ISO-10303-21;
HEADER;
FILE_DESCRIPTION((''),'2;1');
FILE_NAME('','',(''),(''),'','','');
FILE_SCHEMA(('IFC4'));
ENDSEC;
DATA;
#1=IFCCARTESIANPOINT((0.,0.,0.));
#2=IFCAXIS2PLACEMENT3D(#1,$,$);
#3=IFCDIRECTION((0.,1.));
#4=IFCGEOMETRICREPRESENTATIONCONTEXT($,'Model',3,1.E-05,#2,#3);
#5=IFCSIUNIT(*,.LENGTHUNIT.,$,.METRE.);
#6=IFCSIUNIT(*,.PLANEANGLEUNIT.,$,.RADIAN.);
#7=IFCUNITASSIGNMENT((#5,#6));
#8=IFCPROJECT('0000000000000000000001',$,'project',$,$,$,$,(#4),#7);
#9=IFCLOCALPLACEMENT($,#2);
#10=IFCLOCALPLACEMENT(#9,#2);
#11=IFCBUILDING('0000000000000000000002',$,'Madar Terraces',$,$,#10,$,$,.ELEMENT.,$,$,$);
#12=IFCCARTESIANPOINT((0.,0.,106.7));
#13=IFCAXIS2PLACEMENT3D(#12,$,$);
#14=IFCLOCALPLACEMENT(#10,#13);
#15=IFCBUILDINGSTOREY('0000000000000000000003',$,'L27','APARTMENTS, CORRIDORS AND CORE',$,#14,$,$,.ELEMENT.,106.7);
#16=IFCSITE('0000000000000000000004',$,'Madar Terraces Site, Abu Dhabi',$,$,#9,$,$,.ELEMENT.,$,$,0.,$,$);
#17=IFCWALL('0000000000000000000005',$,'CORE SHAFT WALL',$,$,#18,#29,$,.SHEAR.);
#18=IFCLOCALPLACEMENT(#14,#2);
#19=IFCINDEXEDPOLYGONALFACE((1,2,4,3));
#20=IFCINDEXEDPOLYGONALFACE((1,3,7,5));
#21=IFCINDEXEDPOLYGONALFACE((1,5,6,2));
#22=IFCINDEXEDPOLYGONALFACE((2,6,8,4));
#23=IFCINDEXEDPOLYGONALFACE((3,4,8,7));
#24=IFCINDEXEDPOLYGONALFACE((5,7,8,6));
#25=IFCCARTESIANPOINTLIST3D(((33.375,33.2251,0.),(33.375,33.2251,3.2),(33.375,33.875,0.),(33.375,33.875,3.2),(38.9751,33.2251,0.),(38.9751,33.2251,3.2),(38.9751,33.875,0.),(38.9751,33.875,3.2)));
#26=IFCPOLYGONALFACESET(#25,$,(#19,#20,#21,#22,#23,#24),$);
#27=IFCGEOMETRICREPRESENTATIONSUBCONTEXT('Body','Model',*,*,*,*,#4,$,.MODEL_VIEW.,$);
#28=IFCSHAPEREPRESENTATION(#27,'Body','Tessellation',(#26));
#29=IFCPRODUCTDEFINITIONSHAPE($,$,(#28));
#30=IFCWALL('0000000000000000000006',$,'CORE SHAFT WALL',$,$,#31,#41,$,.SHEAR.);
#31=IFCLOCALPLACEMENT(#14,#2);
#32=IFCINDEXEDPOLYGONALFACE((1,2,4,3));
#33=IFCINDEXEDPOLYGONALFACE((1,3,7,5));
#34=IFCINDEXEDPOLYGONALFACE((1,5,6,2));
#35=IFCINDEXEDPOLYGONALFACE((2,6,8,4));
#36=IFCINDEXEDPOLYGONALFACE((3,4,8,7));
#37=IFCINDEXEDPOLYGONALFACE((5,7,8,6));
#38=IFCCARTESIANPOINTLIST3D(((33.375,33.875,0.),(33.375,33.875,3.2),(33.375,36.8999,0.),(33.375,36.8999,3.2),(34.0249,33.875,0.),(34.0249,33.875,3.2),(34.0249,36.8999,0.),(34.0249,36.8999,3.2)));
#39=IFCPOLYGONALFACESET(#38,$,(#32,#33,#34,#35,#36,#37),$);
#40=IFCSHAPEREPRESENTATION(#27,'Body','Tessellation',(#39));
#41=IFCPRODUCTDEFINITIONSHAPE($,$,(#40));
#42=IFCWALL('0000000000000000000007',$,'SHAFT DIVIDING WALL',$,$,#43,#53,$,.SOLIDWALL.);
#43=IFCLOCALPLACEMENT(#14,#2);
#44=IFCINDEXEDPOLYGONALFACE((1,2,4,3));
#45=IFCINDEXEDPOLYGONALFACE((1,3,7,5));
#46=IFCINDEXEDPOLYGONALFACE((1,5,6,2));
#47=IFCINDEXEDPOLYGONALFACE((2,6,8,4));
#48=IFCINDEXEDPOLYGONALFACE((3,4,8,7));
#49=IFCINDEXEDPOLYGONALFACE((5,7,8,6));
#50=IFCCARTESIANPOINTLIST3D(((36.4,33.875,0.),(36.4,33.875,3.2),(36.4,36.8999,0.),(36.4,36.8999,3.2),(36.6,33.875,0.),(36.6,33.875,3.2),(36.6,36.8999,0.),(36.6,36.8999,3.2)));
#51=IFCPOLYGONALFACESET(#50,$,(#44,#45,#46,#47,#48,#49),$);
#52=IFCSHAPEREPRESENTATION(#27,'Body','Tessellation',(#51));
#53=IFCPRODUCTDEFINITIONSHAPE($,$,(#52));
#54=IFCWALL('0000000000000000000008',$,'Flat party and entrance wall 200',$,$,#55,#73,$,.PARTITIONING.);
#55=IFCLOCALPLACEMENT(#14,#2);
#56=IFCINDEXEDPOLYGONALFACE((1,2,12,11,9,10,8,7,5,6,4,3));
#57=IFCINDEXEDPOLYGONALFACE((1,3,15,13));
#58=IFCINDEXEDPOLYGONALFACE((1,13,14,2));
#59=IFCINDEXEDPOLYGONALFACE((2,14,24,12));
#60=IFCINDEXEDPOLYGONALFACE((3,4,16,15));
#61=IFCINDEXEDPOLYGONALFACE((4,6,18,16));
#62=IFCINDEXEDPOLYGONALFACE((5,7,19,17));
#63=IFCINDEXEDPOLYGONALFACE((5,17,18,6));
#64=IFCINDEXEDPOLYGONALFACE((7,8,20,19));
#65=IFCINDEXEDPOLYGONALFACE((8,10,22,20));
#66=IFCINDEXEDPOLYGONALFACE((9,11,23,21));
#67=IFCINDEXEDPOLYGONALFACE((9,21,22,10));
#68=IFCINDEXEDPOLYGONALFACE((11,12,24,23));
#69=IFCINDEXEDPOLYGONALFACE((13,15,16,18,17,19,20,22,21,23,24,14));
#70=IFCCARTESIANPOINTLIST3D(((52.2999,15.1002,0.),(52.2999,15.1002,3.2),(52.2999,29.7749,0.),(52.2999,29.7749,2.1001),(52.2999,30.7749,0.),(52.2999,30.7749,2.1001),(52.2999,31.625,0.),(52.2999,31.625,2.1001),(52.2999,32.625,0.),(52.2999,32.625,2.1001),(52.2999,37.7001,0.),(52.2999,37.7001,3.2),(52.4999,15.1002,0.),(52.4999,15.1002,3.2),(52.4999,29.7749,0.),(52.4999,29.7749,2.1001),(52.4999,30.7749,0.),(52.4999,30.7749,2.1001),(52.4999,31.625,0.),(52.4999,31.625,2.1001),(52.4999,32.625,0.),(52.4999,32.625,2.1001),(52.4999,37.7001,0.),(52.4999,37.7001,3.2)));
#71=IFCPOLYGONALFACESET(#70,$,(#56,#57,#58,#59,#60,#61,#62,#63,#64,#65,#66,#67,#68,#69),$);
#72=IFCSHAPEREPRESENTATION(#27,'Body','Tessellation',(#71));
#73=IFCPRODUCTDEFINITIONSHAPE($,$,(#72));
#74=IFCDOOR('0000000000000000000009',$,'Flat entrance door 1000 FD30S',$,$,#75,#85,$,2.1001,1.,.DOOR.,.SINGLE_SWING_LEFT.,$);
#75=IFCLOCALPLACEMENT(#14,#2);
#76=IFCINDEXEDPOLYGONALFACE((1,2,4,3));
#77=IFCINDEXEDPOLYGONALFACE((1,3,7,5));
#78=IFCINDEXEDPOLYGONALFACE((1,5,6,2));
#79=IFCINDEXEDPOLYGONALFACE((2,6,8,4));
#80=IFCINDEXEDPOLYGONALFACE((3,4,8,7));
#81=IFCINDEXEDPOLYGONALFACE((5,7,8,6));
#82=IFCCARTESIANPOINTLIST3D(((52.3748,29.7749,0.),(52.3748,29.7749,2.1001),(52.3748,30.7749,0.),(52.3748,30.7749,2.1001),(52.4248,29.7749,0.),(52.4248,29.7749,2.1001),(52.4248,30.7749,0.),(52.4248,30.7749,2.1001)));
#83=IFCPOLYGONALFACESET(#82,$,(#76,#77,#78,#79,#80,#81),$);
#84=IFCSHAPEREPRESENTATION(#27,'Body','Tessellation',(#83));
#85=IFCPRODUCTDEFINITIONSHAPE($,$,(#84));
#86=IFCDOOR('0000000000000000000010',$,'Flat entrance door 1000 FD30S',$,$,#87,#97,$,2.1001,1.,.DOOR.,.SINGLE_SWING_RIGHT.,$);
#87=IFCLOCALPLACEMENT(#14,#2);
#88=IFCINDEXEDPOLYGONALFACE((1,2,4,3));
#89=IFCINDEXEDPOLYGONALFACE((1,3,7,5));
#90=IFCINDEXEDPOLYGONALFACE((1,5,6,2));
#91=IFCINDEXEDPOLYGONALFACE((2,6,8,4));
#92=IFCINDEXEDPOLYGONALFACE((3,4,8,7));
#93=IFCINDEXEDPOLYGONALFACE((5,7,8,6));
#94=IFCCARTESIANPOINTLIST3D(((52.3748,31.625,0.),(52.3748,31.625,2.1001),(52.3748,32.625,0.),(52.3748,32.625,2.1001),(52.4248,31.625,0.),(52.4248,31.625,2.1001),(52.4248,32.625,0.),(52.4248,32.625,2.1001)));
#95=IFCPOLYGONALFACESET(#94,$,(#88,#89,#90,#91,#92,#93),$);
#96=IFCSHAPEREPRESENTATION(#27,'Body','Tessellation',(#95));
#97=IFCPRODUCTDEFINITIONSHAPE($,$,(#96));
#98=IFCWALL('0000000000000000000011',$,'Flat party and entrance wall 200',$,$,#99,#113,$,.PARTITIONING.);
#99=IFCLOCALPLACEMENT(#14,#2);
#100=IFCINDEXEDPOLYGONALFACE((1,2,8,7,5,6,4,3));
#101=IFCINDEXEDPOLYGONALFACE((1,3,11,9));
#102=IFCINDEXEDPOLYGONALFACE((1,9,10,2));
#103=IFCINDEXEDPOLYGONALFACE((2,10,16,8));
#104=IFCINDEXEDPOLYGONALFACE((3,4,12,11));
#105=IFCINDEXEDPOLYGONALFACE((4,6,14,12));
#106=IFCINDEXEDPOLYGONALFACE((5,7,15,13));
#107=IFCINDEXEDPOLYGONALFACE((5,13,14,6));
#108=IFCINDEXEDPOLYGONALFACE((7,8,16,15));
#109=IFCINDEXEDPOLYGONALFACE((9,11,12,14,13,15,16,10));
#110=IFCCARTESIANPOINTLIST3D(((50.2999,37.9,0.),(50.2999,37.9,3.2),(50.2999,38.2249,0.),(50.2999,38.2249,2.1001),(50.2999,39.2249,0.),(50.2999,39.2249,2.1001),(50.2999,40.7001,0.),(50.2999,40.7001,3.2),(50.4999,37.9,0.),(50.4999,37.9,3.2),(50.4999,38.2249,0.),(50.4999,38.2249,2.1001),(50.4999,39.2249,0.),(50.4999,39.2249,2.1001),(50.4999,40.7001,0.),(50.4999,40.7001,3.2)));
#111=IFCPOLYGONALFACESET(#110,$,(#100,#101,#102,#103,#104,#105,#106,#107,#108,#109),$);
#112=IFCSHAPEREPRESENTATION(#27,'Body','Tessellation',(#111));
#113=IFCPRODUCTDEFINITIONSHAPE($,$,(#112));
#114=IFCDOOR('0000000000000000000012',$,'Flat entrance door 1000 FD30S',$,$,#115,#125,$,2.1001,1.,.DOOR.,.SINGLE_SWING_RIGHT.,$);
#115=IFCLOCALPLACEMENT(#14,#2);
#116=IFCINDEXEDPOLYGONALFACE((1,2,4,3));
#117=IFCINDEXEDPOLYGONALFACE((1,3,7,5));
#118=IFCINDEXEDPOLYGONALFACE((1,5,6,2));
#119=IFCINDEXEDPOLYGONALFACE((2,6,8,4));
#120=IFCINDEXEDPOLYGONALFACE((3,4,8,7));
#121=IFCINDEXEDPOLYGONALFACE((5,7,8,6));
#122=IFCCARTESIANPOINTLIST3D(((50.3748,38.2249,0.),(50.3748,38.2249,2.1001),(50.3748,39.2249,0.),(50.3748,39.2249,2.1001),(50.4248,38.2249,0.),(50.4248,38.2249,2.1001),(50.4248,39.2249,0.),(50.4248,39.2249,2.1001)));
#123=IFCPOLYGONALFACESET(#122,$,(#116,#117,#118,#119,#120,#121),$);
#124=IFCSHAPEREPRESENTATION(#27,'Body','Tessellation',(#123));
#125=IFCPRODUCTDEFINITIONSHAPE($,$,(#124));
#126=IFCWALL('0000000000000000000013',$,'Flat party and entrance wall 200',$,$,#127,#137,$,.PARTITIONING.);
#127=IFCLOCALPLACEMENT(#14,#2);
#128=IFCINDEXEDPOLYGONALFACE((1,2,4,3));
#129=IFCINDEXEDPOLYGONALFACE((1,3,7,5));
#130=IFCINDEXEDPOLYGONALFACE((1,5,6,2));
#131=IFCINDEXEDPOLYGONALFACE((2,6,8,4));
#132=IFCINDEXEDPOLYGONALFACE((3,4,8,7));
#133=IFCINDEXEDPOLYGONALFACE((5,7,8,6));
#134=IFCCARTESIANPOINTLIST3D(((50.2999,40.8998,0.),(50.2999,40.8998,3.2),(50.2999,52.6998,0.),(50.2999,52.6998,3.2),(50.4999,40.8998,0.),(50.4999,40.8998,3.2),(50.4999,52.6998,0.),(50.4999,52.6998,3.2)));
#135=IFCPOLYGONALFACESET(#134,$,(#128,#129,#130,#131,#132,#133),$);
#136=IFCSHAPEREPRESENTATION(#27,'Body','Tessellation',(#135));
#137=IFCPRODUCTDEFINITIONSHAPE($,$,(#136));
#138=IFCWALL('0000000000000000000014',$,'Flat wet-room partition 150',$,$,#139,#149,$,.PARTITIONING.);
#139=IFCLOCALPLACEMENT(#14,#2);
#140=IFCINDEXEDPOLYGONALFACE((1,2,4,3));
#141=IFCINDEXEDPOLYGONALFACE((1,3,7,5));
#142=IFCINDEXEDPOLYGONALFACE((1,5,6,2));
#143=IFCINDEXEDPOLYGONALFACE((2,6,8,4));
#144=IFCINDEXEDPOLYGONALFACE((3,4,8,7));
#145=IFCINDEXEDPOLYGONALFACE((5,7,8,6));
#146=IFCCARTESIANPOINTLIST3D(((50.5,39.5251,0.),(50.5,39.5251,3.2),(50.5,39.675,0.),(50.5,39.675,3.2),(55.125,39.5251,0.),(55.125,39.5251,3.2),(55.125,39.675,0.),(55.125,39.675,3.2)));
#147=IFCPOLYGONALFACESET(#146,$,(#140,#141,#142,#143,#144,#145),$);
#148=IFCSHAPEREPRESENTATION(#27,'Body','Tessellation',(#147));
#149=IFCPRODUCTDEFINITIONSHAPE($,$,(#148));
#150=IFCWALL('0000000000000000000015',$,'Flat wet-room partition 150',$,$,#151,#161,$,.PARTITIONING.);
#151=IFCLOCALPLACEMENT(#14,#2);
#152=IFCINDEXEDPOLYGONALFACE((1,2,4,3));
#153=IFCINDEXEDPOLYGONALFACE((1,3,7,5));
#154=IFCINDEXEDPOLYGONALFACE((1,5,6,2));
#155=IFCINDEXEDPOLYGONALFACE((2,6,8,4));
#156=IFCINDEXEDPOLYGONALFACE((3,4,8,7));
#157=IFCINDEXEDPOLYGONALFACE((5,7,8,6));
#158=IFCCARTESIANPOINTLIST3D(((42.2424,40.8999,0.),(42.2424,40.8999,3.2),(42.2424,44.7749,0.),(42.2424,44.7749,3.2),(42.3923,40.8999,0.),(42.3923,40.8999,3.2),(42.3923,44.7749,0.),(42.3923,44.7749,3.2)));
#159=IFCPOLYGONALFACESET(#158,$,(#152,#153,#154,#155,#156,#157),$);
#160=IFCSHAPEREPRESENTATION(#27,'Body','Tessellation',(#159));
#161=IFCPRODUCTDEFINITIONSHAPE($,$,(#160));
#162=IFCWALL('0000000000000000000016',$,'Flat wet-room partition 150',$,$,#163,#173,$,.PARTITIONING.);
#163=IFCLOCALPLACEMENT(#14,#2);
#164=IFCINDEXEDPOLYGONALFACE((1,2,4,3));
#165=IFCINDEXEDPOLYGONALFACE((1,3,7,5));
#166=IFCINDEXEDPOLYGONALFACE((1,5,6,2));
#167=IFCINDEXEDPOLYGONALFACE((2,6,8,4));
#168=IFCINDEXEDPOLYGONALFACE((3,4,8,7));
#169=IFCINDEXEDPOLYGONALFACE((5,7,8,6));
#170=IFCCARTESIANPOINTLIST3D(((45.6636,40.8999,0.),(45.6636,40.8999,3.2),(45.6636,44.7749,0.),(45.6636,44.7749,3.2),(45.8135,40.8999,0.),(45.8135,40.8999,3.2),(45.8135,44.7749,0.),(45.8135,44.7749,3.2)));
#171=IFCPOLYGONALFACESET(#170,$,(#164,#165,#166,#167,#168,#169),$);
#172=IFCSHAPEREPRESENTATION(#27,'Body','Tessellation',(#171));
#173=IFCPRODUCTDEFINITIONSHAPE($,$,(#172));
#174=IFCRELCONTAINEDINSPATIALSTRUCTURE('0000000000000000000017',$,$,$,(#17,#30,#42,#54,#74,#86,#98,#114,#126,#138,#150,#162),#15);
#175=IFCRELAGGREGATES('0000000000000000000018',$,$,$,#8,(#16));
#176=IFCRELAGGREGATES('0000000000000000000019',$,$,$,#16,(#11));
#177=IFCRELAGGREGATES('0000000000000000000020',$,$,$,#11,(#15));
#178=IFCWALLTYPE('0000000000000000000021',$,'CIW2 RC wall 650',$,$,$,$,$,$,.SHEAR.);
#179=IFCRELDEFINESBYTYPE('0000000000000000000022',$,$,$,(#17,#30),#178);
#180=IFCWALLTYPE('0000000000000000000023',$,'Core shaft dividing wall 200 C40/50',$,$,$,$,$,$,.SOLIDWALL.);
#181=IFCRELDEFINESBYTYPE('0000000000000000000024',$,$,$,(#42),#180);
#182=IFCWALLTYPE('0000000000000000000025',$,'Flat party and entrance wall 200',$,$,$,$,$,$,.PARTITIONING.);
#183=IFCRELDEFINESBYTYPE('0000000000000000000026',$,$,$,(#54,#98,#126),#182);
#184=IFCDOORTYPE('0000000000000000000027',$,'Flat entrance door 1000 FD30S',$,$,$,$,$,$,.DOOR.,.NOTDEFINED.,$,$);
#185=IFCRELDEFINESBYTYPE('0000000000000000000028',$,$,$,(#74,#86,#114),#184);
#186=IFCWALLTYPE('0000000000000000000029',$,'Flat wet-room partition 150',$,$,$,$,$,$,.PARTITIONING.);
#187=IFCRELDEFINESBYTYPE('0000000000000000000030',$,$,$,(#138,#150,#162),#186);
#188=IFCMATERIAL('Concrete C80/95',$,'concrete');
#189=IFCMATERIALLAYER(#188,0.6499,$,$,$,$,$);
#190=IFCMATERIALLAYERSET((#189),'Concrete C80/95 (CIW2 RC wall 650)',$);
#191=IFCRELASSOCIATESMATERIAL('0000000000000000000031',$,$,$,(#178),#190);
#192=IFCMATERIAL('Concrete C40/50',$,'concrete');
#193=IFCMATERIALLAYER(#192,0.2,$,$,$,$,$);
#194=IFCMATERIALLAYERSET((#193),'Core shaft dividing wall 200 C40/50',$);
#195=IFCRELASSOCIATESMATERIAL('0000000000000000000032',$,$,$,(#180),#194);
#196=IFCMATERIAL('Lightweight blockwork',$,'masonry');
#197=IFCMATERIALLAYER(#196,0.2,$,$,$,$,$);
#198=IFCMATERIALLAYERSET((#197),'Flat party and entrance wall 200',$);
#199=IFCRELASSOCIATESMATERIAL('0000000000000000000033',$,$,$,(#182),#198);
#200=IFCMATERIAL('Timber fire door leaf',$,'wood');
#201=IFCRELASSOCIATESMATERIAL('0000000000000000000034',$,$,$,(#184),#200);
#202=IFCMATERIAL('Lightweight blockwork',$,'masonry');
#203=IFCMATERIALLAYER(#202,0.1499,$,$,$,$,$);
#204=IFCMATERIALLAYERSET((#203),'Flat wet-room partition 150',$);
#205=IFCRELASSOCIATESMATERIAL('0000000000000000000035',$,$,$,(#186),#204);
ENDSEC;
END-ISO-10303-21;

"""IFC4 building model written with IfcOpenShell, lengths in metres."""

from ifc_helpers import new_model, si_unit, direction, frame, frame_2d, origin, place, context, subcontext, project, spatial, rectangle, extrude, material, layer, layer_set, type_object, element, fill, save


model = new_model("IFC4")

# Units and contexts
model_context = context("Model", 3, precision=1e-05, world=origin(), true_north=direction((0.0, 1.0)))
body_context = subcontext(model_context, "Body", "Model", "MODEL_VIEW")
ifc_project = project(units=[si_unit("LENGTHUNIT", "METRE"), si_unit("PLANEANGLEUNIT", "RADIAN")], contexts=[model_context])

# Site, building, storey
site_placement = place(None, origin())
site = spatial("IfcSite", under=ifc_project, at=site_placement, Name="Madar Terraces Site, Abu Dhabi", CompositionType="ELEMENT", RefElevation=0.0)
building_placement = place(site_placement, origin())
building = spatial("IfcBuilding", under=site, at=building_placement, Name="Madar Terraces", CompositionType="ELEMENT")
storey_placement = place(building_placement, frame((0.0, 0.0, 106.7)))
storey = spatial("IfcBuildingStorey", under=building, at=storey_placement, Name="L27", Description="APARTMENTS, CORRIDORS AND CORE", CompositionType="ELEMENT", Elevation=106.7)

# Walls
ifc_material_1 = material(Name="Concrete C80/95", Category="concrete")
ifc_layer_1 = layer(ifc_material_1, 0.6499)
ifc_layer_set_1 = layer_set([ifc_layer_1], Name="Concrete C80/95 (CIW2 RC wall 650)")
wall_type_1 = type_object("IfcWallType", Name="CIW2 RC wall 650", PredefinedType="SHEAR", material=ifc_layer_set_1)
wall_1_placement = place(storey_placement, frame((33.375, 33.55, 0.0), z_axis=(0.0, 0.0, 1.0), x_axis=(1.0, 0.0, 0.0)))
element("IfcWall", 1, at=wall_1_placement, inside=storey, type_object=wall_type_1, Name="CORE SHAFT WALL", PredefinedType="SHEAR", context=body_context, shape_type="SweptSolid", body=[
    extrude(rectangle(XDim=5.6001, YDim=0.6499, at=frame_2d((2.8, 0.0))), origin(), (0.0, 0.0, 1.0), 3.2),
])
wall_2_placement = place(storey_placement, frame((33.7, 33.875, 0.0), z_axis=(0.0, 0.0, 1.0), x_axis=(0.0, 1.0, 0.0)))
element("IfcWall", 2, at=wall_2_placement, inside=storey, type_object=wall_type_1, Name="CORE SHAFT WALL", PredefinedType="SHEAR", context=body_context, shape_type="SweptSolid", body=[
    extrude(rectangle(XDim=3.0249, YDim=0.6499, at=frame_2d((1.5125, 0.0))), origin(), (0.0, 0.0, 1.0), 3.2),
])
ifc_material_2 = material(Name="Concrete C40/50", Category="concrete")
ifc_layer_2 = layer(ifc_material_2, 0.2)
ifc_layer_set_2 = layer_set([ifc_layer_2], Name="Core shaft dividing wall 200 C40/50")
wall_type_2 = type_object("IfcWallType", Name="Core shaft dividing wall 200 C40/50", PredefinedType="SOLIDWALL", material=ifc_layer_set_2)
wall_3_placement = place(storey_placement, frame((36.5, 33.875, 0.0), z_axis=(0.0, 0.0, 1.0), x_axis=(0.0, 1.0, 0.0)))
element("IfcWall", 3, at=wall_3_placement, inside=storey, type_object=wall_type_2, Name="SHAFT DIVIDING WALL", PredefinedType="SOLIDWALL", context=body_context, shape_type="SweptSolid", body=[
    extrude(rectangle(XDim=3.0249, YDim=0.2, at=frame_2d((1.5125, 0.0))), origin(), (0.0, 0.0, 1.0), 3.2),
])

# Wall, openings, doors
ifc_material_3 = material(Name="Lightweight blockwork", Category="masonry")
ifc_layer_3 = layer(ifc_material_3, 0.2)
ifc_layer_set_3 = layer_set([ifc_layer_3], Name="Flat party and entrance wall 200")
wall_type_3 = type_object("IfcWallType", Name="Flat party and entrance wall 200", PredefinedType="PARTITIONING", material=ifc_layer_set_3)
wall_4_placement = place(storey_placement, frame((52.3999, 37.7, 0.0), z_axis=(0.0, 0.0, 1.0), x_axis=(0.0, -1.0, 0.0)))
wall_4 = element("IfcWall", 4, at=wall_4_placement, inside=storey, type_object=wall_type_3, Name="Flat party and entrance wall 200", PredefinedType="PARTITIONING", context=body_context, shape_type="SweptSolid", body=[
    extrude(rectangle(XDim=22.5999, YDim=0.2, at=frame_2d((11.2998, 0.0))), origin(), (0.0, 0.0, 1.0), 3.2),
])
opening_1_placement = place(wall_4_placement, frame((6.925, 0.0, 0.0)))
opening_1 = element("IfcOpeningElement", 5, at=opening_1_placement, cuts=wall_4, PredefinedType="OPENING", context=body_context, shape_type="SweptSolid", body=[
    extrude(rectangle(XDim=1.0, YDim=2.1001, at=frame_2d((0.5, 1.05))), frame((0.0, 0.1099, 0.0), z_axis=(0.0, -1.0, 0.0), x_axis=(1.0, 0.0, 0.0)), (0.0, 0.0, 1.0), 0.22),
])
opening_2_placement = place(wall_4_placement, frame((5.075, 0.0, 0.0)))
opening_2 = element("IfcOpeningElement", 6, at=opening_2_placement, cuts=wall_4, PredefinedType="OPENING", context=body_context, shape_type="SweptSolid", body=[
    extrude(rectangle(XDim=1.0, YDim=2.1001, at=frame_2d((0.5, 1.05))), frame((0.0, 0.1099, 0.0), z_axis=(0.0, -1.0, 0.0), x_axis=(1.0, 0.0, 0.0)), (0.0, 0.0, 1.0), 0.22),
])
ifc_material_4 = material(Name="Timber fire door leaf", Category="wood")
door_type_1 = type_object("IfcDoorType", Name="Flat entrance door 1000 FD30S", OperationType="NOTDEFINED", PredefinedType="DOOR", material=ifc_material_4)
door_1_placement = place(opening_1_placement, origin())
door_1 = element("IfcDoor", 7, at=door_1_placement, inside=storey, type_object=door_type_1, Name="Flat entrance door 1000 FD30S", OperationType="SINGLE_SWING_LEFT", OverallHeight=2.1001, OverallWidth=1.0, PredefinedType="DOOR", context=body_context, shape_type="SweptSolid", body=[
    extrude(rectangle(XDim=1.0, YDim=2.1001, at=frame_2d((0.5, 1.05))), frame((0.0, 0.0249, 0.0), z_axis=(0.0, -1.0, 0.0), x_axis=(1.0, 0.0, 0.0)), (0.0, 0.0, 1.0), 0.05),
])
fill(opening_1, door_1)
door_2_placement = place(opening_2_placement, origin())
door_2 = element("IfcDoor", 8, at=door_2_placement, inside=storey, type_object=door_type_1, Name="Flat entrance door 1000 FD30S", OperationType="SINGLE_SWING_RIGHT", OverallHeight=2.1001, OverallWidth=1.0, PredefinedType="DOOR", context=body_context, shape_type="SweptSolid", body=[
    extrude(rectangle(XDim=1.0, YDim=2.1001, at=frame_2d((0.5, 1.05))), frame((0.0, 0.0249, 0.0), z_axis=(0.0, -1.0, 0.0), x_axis=(1.0, 0.0, 0.0)), (0.0, 0.0, 1.0), 0.05),
])
fill(opening_2, door_2)

# Wall, opening, door
wall_5_placement = place(storey_placement, frame((50.3999, 40.7, 0.0), z_axis=(0.0, 0.0, 1.0), x_axis=(0.0, -1.0, 0.0)))
wall_5 = element("IfcWall", 9, at=wall_5_placement, inside=storey, type_object=wall_type_3, Name="Flat party and entrance wall 200", PredefinedType="PARTITIONING", context=body_context, shape_type="SweptSolid", body=[
    extrude(rectangle(XDim=2.8, YDim=0.2, at=frame_2d((1.3999, 0.0))), origin(), (0.0, 0.0, 1.0), 3.2),
])
opening_3_placement = place(wall_5_placement, frame((1.4751, 0.0, 0.0)))
opening_3 = element("IfcOpeningElement", 10, at=opening_3_placement, cuts=wall_5, PredefinedType="OPENING", context=body_context, shape_type="SweptSolid", body=[
    extrude(rectangle(XDim=1.0, YDim=2.1001, at=frame_2d((0.5, 1.05))), frame((0.0, 0.1099, 0.0), z_axis=(0.0, -1.0, 0.0), x_axis=(1.0, 0.0, 0.0)), (0.0, 0.0, 1.0), 0.22),
])
door_3_placement = place(opening_3_placement, origin())
door_3 = element("IfcDoor", 11, at=door_3_placement, inside=storey, type_object=door_type_1, Name="Flat entrance door 1000 FD30S", OperationType="SINGLE_SWING_RIGHT", OverallHeight=2.1001, OverallWidth=1.0, PredefinedType="DOOR", context=body_context, shape_type="SweptSolid", body=[
    extrude(rectangle(XDim=1.0, YDim=2.1001, at=frame_2d((0.5, 1.05))), frame((0.0, 0.0249, 0.0), z_axis=(0.0, -1.0, 0.0), x_axis=(1.0, 0.0, 0.0)), (0.0, 0.0, 1.0), 0.05),
])
fill(opening_3, door_3)

# Walls
wall_6_placement = place(storey_placement, frame((50.3999, 40.8999, 0.0), z_axis=(0.0, 0.0, 1.0), x_axis=(0.0, 1.0, 0.0)))
element("IfcWall", 12, at=wall_6_placement, inside=storey, type_object=wall_type_3, Name="Flat party and entrance wall 200", PredefinedType="PARTITIONING", context=body_context, shape_type="SweptSolid", body=[
    extrude(rectangle(XDim=11.8, YDim=0.2, at=frame_2d((5.8999, 0.0))), origin(), (0.0, 0.0, 1.0), 3.2),
])
ifc_material_5 = material(Name="Lightweight blockwork", Category="masonry")
ifc_layer_4 = layer(ifc_material_5, 0.1499)
ifc_layer_set_4 = layer_set([ifc_layer_4], Name="Flat wet-room partition 150")
wall_type_4 = type_object("IfcWallType", Name="Flat wet-room partition 150", PredefinedType="PARTITIONING", material=ifc_layer_set_4)
wall_7_placement = place(storey_placement, frame((50.5, 39.6001, 0.0), z_axis=(0.0, 0.0, 1.0), x_axis=(1.0, 0.0, 0.0)))
element("IfcWall", 13, at=wall_7_placement, inside=storey, type_object=wall_type_4, Name="Flat wet-room partition 150", PredefinedType="PARTITIONING", context=body_context, shape_type="SweptSolid", body=[
    extrude(rectangle(XDim=4.625, YDim=0.1499, at=frame_2d((2.3125, 0.0))), origin(), (0.0, 0.0, 1.0), 3.2),
])
for number, where, z_axis, x_axis, name in (
    (14, (42.3174, 40.8999, 0.0), (0.0, 0.0, 1.0), (0.0, 1.0, 0.0), "Flat wet-room partition 150"),
    (15, (45.7385, 40.8999, 0.0), (0.0, 0.0, 1.0), (0.0, 1.0, 0.0), "Flat wet-room partition 150"),
):
    element("IfcWall", number, at=place(storey_placement, frame(where, z_axis=z_axis, x_axis=x_axis)), inside=storey, type_object=wall_type_4, Name=name, PredefinedType="PARTITIONING", context=body_context, shape_type="SweptSolid", body=[
        extrude(rectangle(XDim=3.875, YDim=0.1499, at=frame_2d((1.9375, 0.0))), origin(), (0.0, 0.0, 1.0), 3.2),
    ])

save(model, "model.ifc")
